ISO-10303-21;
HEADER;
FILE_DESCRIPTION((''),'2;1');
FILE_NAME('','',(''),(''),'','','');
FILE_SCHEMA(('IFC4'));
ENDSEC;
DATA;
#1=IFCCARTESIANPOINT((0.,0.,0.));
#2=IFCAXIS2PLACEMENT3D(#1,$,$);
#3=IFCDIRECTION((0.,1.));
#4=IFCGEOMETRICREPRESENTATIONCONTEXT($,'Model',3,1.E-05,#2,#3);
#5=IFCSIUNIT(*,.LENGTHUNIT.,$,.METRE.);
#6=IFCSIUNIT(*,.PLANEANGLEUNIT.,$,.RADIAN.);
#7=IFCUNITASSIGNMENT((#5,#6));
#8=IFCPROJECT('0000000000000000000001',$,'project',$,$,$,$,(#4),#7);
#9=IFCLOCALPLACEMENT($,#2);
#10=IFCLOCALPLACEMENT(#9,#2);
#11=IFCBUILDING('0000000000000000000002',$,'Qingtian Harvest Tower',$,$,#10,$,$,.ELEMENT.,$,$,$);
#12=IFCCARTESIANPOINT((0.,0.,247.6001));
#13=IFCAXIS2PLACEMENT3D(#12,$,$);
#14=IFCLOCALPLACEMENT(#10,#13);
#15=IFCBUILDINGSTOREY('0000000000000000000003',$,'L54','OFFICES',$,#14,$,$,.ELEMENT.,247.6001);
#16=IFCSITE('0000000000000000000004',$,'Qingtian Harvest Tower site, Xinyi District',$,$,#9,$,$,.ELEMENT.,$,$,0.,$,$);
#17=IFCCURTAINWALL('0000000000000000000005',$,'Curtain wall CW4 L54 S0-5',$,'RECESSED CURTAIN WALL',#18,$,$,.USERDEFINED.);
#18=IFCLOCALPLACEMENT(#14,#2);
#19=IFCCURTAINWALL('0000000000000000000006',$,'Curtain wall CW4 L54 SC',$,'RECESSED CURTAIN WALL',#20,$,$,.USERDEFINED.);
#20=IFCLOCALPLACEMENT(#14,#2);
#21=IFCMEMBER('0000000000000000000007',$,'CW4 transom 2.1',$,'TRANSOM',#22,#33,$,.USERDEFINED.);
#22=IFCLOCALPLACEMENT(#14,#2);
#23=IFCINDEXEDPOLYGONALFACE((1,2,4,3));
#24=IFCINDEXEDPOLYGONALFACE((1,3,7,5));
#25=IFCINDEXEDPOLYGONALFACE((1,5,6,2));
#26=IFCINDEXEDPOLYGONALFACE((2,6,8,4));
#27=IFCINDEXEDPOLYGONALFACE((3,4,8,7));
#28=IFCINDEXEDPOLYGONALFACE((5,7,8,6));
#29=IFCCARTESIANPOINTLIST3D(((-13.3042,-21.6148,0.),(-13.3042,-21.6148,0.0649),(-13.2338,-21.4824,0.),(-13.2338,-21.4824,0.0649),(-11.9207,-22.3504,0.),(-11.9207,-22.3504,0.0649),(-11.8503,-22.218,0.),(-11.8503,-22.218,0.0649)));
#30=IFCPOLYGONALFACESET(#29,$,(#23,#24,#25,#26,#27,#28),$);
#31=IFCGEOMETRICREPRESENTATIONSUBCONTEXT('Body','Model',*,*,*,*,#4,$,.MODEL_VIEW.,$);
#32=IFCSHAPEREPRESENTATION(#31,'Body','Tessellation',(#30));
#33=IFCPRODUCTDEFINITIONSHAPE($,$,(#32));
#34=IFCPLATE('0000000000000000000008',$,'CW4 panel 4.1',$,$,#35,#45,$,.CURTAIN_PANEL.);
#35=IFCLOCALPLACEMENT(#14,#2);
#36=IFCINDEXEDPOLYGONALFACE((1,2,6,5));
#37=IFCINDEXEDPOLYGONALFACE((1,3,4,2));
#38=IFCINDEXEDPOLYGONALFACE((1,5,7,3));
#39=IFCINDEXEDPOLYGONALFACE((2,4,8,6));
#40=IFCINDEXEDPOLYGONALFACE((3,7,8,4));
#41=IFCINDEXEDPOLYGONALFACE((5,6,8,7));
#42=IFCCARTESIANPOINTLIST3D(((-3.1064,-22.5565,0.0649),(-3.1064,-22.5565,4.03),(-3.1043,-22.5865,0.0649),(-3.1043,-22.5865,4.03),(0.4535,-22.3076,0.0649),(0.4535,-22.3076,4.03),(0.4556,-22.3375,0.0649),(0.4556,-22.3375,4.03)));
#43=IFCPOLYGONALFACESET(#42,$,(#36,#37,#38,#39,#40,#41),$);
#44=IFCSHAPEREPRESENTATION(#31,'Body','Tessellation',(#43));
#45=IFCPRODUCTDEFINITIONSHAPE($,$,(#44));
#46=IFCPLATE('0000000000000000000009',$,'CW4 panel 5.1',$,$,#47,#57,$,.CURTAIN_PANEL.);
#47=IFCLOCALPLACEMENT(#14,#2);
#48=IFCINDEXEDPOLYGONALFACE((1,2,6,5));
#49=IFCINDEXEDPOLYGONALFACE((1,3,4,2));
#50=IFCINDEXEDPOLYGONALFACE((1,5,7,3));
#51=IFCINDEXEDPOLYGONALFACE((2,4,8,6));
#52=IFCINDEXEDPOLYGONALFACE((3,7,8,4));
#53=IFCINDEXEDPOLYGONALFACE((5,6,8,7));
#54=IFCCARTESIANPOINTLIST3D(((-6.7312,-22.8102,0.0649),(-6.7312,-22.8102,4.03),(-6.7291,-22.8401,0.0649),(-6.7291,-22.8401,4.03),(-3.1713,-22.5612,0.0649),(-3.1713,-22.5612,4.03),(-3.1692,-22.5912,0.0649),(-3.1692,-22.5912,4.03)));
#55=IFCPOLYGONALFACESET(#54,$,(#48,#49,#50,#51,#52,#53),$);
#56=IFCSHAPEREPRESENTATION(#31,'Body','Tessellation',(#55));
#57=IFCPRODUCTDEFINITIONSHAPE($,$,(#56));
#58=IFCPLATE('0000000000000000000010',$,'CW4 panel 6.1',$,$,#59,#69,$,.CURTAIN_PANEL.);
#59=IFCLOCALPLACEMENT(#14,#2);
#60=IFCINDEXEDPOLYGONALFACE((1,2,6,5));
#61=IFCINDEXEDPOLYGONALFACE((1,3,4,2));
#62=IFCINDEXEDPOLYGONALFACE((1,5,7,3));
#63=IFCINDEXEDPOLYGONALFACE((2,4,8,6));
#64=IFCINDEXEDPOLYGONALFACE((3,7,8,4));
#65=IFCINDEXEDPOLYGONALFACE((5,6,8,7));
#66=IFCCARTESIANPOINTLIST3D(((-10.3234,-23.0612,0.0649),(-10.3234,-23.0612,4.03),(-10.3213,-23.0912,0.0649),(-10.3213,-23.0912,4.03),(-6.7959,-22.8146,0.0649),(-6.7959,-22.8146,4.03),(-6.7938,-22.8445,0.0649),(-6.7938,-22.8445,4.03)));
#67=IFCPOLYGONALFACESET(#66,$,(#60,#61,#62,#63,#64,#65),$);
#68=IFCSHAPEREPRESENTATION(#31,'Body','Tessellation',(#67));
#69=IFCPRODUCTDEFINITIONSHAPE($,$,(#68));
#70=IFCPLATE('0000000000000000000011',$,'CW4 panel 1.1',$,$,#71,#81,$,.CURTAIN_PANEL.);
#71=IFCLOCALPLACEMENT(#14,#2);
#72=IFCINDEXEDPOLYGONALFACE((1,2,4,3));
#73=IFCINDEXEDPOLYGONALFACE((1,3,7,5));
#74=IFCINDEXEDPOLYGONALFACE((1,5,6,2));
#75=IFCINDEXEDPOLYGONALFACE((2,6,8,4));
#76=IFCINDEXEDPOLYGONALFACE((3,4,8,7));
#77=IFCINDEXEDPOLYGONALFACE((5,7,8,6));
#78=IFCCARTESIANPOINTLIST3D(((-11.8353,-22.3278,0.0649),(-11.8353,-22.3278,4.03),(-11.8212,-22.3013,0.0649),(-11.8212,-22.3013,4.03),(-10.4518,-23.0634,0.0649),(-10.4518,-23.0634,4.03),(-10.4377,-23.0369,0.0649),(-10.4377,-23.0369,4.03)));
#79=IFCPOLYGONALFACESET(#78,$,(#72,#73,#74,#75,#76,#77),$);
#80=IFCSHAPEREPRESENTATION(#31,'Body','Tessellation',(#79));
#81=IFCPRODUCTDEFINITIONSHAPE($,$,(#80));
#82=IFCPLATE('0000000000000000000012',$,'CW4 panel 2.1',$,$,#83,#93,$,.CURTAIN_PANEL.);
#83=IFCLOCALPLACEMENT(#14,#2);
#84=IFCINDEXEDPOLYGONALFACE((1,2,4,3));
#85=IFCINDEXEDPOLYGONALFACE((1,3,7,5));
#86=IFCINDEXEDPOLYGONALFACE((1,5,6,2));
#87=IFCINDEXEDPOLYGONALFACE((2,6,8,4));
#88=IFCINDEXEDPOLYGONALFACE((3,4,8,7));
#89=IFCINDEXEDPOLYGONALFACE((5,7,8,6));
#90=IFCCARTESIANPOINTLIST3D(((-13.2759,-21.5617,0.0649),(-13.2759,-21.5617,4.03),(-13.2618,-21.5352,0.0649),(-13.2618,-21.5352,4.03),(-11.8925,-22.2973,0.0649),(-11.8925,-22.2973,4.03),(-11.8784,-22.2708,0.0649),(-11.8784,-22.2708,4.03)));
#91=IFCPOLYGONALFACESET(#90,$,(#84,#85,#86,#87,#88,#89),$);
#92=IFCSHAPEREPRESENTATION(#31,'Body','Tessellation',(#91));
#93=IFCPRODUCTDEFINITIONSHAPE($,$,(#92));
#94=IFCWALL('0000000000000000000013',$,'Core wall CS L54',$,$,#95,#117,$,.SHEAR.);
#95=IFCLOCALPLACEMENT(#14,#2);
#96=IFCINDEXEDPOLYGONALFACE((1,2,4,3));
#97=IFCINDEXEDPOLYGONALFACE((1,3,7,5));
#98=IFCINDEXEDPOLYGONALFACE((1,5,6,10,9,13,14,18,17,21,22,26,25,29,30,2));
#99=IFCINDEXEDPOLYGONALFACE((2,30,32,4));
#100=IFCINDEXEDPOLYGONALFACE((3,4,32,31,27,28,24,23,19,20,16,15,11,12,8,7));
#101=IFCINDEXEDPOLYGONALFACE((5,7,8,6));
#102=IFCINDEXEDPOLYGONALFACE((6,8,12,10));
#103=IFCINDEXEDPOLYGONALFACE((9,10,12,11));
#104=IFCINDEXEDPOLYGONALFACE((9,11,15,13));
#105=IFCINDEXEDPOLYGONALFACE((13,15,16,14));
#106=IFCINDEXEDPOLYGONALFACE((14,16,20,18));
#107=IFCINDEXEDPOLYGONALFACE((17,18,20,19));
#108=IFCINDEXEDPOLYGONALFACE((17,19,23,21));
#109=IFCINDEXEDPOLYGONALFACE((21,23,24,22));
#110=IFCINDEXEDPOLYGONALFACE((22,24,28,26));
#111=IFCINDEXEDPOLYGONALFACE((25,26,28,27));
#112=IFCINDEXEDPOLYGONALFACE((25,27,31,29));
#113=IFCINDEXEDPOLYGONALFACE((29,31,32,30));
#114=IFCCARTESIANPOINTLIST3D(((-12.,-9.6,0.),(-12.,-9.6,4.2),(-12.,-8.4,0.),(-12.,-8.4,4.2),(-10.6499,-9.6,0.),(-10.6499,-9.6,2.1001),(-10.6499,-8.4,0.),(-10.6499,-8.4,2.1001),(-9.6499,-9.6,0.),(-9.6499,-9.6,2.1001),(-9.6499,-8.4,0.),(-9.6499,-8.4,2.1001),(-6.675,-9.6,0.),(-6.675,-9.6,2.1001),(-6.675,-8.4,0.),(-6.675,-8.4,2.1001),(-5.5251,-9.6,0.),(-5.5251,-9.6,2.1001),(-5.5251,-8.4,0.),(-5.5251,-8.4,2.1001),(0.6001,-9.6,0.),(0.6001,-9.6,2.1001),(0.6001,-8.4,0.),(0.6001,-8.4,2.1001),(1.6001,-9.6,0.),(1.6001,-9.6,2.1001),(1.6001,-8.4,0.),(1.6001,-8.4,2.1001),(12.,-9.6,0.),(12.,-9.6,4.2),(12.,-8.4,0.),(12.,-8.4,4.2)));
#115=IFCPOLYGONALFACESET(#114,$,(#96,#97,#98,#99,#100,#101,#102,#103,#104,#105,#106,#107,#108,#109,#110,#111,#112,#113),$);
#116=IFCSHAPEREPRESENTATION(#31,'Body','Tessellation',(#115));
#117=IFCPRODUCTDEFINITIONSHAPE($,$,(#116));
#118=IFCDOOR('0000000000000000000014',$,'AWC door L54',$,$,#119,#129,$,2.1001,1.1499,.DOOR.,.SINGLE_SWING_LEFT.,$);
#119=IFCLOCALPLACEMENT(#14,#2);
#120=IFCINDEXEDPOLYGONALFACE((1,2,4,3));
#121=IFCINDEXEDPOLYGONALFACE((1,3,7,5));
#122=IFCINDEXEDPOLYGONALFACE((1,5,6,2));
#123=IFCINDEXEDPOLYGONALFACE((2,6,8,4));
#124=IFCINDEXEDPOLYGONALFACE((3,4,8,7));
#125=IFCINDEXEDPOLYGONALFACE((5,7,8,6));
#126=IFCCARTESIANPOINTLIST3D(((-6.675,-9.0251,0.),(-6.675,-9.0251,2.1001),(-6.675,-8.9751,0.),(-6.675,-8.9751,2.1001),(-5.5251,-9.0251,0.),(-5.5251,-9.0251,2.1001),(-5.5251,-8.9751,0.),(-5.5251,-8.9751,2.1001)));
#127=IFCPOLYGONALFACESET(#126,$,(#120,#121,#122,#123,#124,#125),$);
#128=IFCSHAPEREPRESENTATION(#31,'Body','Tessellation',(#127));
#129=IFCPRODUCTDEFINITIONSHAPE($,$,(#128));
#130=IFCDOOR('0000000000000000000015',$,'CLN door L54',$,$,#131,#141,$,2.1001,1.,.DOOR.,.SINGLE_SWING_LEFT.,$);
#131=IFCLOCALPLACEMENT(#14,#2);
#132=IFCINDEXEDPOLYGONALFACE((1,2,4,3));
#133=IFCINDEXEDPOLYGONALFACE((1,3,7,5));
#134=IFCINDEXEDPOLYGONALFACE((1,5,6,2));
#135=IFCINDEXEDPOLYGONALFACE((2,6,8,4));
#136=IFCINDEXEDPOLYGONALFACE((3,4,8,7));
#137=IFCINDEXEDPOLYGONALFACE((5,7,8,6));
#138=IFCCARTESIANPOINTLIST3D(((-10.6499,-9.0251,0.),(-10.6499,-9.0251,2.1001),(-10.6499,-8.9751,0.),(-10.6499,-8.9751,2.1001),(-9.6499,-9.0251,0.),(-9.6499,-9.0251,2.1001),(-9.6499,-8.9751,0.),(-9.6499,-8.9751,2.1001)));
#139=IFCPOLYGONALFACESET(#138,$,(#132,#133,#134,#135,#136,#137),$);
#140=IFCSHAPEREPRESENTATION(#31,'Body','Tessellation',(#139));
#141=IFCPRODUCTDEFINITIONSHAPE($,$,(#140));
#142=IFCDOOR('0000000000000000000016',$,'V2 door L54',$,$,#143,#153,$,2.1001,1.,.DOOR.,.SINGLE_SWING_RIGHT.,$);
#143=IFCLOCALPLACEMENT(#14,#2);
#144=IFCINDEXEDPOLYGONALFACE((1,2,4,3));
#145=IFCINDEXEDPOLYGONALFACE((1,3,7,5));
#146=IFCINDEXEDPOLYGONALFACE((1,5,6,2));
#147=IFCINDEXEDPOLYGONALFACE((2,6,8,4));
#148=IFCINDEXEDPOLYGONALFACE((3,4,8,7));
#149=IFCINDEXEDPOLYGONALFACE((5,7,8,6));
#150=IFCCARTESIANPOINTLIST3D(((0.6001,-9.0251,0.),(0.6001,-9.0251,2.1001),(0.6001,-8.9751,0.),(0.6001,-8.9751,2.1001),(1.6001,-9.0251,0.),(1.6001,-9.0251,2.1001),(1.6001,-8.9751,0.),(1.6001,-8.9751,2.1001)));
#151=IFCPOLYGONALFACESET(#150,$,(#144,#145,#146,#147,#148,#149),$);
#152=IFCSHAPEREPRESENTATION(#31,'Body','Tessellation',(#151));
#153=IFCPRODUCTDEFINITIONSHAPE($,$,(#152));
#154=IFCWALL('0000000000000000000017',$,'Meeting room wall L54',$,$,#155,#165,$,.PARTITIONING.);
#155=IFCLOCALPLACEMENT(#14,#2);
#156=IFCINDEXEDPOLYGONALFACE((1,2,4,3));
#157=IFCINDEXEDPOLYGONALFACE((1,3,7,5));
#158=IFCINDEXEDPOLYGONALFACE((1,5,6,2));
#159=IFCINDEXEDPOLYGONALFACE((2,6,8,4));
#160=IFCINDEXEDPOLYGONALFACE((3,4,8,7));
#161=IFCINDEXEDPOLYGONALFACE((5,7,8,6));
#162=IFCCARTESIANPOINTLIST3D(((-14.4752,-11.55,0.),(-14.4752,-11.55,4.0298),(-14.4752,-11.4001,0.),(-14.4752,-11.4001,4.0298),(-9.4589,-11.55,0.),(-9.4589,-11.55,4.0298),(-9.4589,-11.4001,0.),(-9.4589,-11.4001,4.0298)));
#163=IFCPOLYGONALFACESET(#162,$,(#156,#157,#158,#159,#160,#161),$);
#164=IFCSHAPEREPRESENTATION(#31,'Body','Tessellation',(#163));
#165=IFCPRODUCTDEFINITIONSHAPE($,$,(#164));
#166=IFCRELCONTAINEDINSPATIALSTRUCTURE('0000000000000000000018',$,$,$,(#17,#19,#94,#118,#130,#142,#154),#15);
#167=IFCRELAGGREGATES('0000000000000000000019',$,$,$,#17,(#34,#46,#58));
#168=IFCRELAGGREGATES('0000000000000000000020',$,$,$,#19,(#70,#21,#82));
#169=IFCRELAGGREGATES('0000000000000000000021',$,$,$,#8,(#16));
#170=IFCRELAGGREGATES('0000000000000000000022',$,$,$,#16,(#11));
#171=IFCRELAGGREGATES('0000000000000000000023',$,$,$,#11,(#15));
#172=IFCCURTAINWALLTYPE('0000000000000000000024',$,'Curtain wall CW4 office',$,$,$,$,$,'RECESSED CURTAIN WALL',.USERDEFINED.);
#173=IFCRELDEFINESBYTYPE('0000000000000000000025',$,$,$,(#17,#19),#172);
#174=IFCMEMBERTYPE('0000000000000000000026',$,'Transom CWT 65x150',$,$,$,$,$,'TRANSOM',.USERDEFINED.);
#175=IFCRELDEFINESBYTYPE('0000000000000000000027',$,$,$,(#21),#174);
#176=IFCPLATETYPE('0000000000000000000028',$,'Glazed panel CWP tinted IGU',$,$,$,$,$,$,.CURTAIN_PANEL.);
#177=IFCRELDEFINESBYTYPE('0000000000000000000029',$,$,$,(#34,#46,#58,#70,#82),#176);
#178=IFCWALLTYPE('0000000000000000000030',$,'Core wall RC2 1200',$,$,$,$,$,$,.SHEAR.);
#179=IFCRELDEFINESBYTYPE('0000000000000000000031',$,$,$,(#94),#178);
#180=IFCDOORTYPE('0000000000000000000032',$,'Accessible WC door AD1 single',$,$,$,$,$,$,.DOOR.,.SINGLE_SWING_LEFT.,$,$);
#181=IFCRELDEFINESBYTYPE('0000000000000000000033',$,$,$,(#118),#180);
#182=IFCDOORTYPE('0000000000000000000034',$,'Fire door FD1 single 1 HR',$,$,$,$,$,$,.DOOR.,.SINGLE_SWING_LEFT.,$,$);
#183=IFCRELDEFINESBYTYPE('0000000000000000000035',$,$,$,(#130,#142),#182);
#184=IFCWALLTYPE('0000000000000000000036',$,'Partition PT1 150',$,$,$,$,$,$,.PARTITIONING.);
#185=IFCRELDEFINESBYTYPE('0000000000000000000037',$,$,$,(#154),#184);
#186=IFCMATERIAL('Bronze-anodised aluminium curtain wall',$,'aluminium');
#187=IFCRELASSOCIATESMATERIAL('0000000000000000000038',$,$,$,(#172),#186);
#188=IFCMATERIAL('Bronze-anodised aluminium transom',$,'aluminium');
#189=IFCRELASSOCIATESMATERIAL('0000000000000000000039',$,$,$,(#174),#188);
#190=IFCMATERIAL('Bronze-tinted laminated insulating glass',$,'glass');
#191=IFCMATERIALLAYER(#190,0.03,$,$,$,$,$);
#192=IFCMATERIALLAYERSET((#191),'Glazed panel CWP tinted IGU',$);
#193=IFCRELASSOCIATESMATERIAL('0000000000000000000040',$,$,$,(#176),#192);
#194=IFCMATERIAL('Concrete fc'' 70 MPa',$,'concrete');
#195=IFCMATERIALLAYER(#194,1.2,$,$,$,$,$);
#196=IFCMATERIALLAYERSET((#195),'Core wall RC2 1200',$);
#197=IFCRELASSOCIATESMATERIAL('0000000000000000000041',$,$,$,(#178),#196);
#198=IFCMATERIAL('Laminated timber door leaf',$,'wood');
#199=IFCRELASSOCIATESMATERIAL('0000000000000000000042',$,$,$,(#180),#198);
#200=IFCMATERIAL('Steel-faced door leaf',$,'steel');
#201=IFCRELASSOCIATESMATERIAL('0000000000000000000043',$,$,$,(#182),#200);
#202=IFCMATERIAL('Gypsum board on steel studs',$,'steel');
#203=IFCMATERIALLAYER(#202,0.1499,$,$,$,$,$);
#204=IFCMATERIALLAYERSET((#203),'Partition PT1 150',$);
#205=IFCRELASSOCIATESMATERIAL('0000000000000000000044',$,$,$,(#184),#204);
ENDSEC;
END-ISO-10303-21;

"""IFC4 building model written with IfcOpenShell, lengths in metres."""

from ifc_helpers import new_model, si_unit, direction, frame, frame_2d, origin, origin_2d, place, context, subcontext, project, spatial, rectangle, extrude, material, layer, layer_set, material_profile, profile_set, type_object, element, fill, aggregate, save


model = new_model("IFC4")

# Units and contexts
model_context = context("Model", 3, precision=1e-05, world=origin(), true_north=direction((0.0, 1.0)))
body_context = subcontext(model_context, "Body", "Model", "MODEL_VIEW")
ifc_project = project(units=[si_unit("LENGTHUNIT", "METRE"), si_unit("PLANEANGLEUNIT", "RADIAN")], contexts=[model_context])

# Site, building, storey
site_placement = place(None, origin())
site = spatial("IfcSite", under=ifc_project, at=site_placement, Name="Qingtian Harvest Tower site, Xinyi District", CompositionType="ELEMENT", RefElevation=0.0)
building_placement = place(site_placement, origin())
building = spatial("IfcBuilding", under=site, at=building_placement, Name="Qingtian Harvest Tower", CompositionType="ELEMENT")
storey_placement = place(building_placement, frame((0.0, 0.0, 247.6001)))
storey = spatial("IfcBuildingStorey", under=building, at=storey_placement, Name="L54", Description="OFFICES", CompositionType="ELEMENT", Elevation=247.6001)

# Curtain walls
ifc_material_1 = material(Name="Bronze-anodised aluminium curtain wall", Category="aluminium")
curtain_wall_type = type_object("IfcCurtainWallType", Name="Curtain wall CW4 office", ElementType="RECESSED CURTAIN WALL", PredefinedType="USERDEFINED", material=ifc_material_1)
curtain_wall_1_placement = place(storey_placement, origin())
curtain_wall_1 = element("IfcCurtainWall", 1, at=curtain_wall_1_placement, inside=storey, type_object=curtain_wall_type, Name="Curtain wall CW4 L54 S0-5", ObjectType="RECESSED CURTAIN WALL", PredefinedType="USERDEFINED")
curtain_wall_2_placement = place(storey_placement, origin())
curtain_wall_2 = element("IfcCurtainWall", 2, at=curtain_wall_2_placement, inside=storey, type_object=curtain_wall_type, Name="Curtain wall CW4 L54 SC", ObjectType="RECESSED CURTAIN WALL", PredefinedType="USERDEFINED")

# Member
ifc_material_2 = material(Name="Bronze-anodised aluminium transom", Category="aluminium")
ifc_material_profile_1 = material_profile(ifc_material_2, rectangle(XDim=0.1499, YDim=0.0649, at=origin_2d()), Name="AL 65x150")
ifc_profile_set_1 = profile_set([ifc_material_profile_1], Name="Bronze-anodised aluminium transom")
member_type_1 = type_object("IfcMemberType", Name="Transom CWT 65x150", ElementType="TRANSOM", PredefinedType="USERDEFINED", material=ifc_profile_set_1)
member_1_placement = place(storey_placement, frame((-11.8855, -22.2842, 0.0325), z_axis=(-0.88296, 0.469448, 0.0), x_axis=(-0.469448, -0.88296, 0.0)))
member_1 = element("IfcMember", 3, at=member_1_placement, type_object=member_type_1, Name="CW4 transom 2.1", ObjectType="TRANSOM", PredefinedType="USERDEFINED", context=body_context, shape_type="SweptSolid", body=[
    extrude(rectangle(XDim=0.1499, YDim=0.0649, at=origin_2d()), origin(), (0.0, 0.0, 1.0), 1.5669),
])

# Plates
ifc_material_3 = material(Name="Bronze-tinted laminated insulating glass", Category="glass")
ifc_layer_1 = layer(ifc_material_3, 0.03)
ifc_layer_set_1 = layer_set([ifc_layer_1], Name="Glazed panel CWP tinted IGU")
plate_type = type_object("IfcPlateType", Name="Glazed panel CWP tinted IGU", PredefinedType="CURTAIN_PANEL", material=ifc_layer_set_1)
plate_1_placement = place(storey_placement, frame((-1.3254, -22.447, 0.0649), z_axis=(0.0, 0.0, 1.0), x_axis=(-0.997564, -0.069756, 0.0)))
plate_1 = element("IfcPlate", 4, at=plate_1_placement, type_object=plate_type, Name="CW4 panel 4.1", PredefinedType="CURTAIN_PANEL", context=body_context, shape_type="SweptSolid", body=[
    extrude(rectangle(XDim=3.5686, YDim=0.03, at=origin_2d()), origin(), (0.0, 0.0, 1.0), 3.9651),
])
plate_2_placement = place(storey_placement, frame((-4.9502, -22.7007, 0.0649), z_axis=(0.0, 0.0, 1.0), x_axis=(-0.997564, -0.069756, 0.0)))
plate_2 = element("IfcPlate", 5, at=plate_2_placement, type_object=plate_type, Name="CW4 panel 5.1", PredefinedType="CURTAIN_PANEL", context=body_context, shape_type="SweptSolid", body=[
    extrude(rectangle(XDim=3.5686, YDim=0.03, at=origin_2d()), origin(), (0.0, 0.0, 1.0), 3.9651),
])
plate_3_placement = place(storey_placement, frame((-8.5586, -22.9529, 0.0649), z_axis=(0.0, 0.0, 1.0), x_axis=(-0.997564, -0.069756, 0.0)))
plate_3 = element("IfcPlate", 6, at=plate_3_placement, type_object=plate_type, Name="CW4 panel 6.1", PredefinedType="CURTAIN_PANEL", context=body_context, shape_type="SweptSolid", body=[
    extrude(rectangle(XDim=3.5361, YDim=0.03, at=origin_2d()), origin(), (0.0, 0.0, 1.0), 3.9651),
])
aggregate(curtain_wall_1, [plate_1, plate_2, plate_3])
plate_4_placement = place(storey_placement, frame((-11.1365, -22.6824, 0.0649), z_axis=(0.0, 0.0, 1.0), x_axis=(-0.882948, 0.469472, 0.0)))
plate_4 = element("IfcPlate", 7, at=plate_4_placement, type_object=plate_type, Name="CW4 panel 1.1", PredefinedType="CURTAIN_PANEL", context=body_context, shape_type="SweptSolid", body=[
    extrude(rectangle(XDim=1.5669, YDim=0.03, at=origin_2d()), origin(), (0.0, 0.0, 1.0), 3.9651),
])
plate_5_placement = place(storey_placement, frame((-12.5771, -21.9163, 0.0649), z_axis=(0.0, 0.0, 1.0), x_axis=(-0.882948, 0.469472, 0.0)))
plate_5 = element("IfcPlate", 8, at=plate_5_placement, type_object=plate_type, Name="CW4 panel 2.1", PredefinedType="CURTAIN_PANEL", context=body_context, shape_type="SweptSolid", body=[
    extrude(rectangle(XDim=1.5669, YDim=0.03, at=origin_2d()), origin(), (0.0, 0.0, 1.0), 3.9651),
])
aggregate(curtain_wall_2, [plate_4, member_1, plate_5])

# Wall, openings, doors
ifc_material_4 = material(Name="Concrete fc' 70 MPa", Category="concrete")
ifc_layer_2 = layer(ifc_material_4, 1.2)
ifc_layer_set_2 = layer_set([ifc_layer_2], Name="Core wall RC2 1200")
wall_type_1 = type_object("IfcWallType", Name="Core wall RC2 1200", PredefinedType="SHEAR", material=ifc_layer_set_2)
wall_1_placement = place(storey_placement, frame((-12.0, -9.0, 0.0), z_axis=(0.0, 0.0, 1.0), x_axis=(1.0, 0.0, 0.0)))
wall_1 = element("IfcWall", 9, at=wall_1_placement, inside=storey, type_object=wall_type_1, Name="Core wall CS L54", PredefinedType="SHEAR", context=body_context, shape_type="SweptSolid", body=[
    extrude(rectangle(XDim=24.0, YDim=1.2, at=frame_2d((12.0, 0.0))), origin(), (0.0, 0.0, 1.0), 4.2),
])
opening_1_placement = place(wall_1_placement, frame((1.3501, 0.0, 0.0)))
opening_1 = element("IfcOpeningElement", 10, at=opening_1_placement, cuts=wall_1, PredefinedType="OPENING", context=body_context, shape_type="SweptSolid", body=[
    extrude(rectangle(XDim=1.0, YDim=2.1001, at=frame_2d((0.5, 1.05))), frame((0.0, 0.6099, 0.0), z_axis=(0.0, -1.0, 0.0), x_axis=(1.0, 0.0, 0.0)), (0.0, 0.0, 1.0), 1.22),
])
opening_2_placement = place(wall_1_placement, frame((5.325, 0.0, 0.0)))
opening_2 = element("IfcOpeningElement", 11, at=opening_2_placement, cuts=wall_1, PredefinedType="OPENING", context=body_context, shape_type="SweptSolid", body=[
    extrude(rectangle(XDim=1.1499, YDim=2.1001, at=frame_2d((0.575, 1.05))), frame((0.0, 0.6099, 0.0), z_axis=(0.0, -1.0, 0.0), x_axis=(1.0, 0.0, 0.0)), (0.0, 0.0, 1.0), 1.22),
])
opening_3_placement = place(wall_1_placement, frame((12.6001, 0.0, 0.0)))
opening_3 = element("IfcOpeningElement", 12, at=opening_3_placement, cuts=wall_1, PredefinedType="OPENING", context=body_context, shape_type="SweptSolid", body=[
    extrude(rectangle(XDim=1.0, YDim=2.1001, at=frame_2d((0.5, 1.05))), frame((0.0, 0.6099, 0.0), z_axis=(0.0, -1.0, 0.0), x_axis=(1.0, 0.0, 0.0)), (0.0, 0.0, 1.0), 1.22),
])
ifc_material_5 = material(Name="Laminated timber door leaf", Category="wood")
door_type_1 = type_object("IfcDoorType", Name="Accessible WC door AD1 single", OperationType="SINGLE_SWING_LEFT", PredefinedType="DOOR", material=ifc_material_5)
door_1_placement = place(opening_2_placement, origin())
door_1 = element("IfcDoor", 13, at=door_1_placement, inside=storey, type_object=door_type_1, Name="AWC door L54", OperationType="SINGLE_SWING_LEFT", OverallHeight=2.1001, OverallWidth=1.1499, PredefinedType="DOOR", context=body_context, shape_type="SweptSolid", body=[
    extrude(rectangle(XDim=1.1499, YDim=2.1001, at=frame_2d((0.575, 1.05))), frame((0.0, 0.0249, 0.0), z_axis=(0.0, -1.0, 0.0), x_axis=(1.0, 0.0, 0.0)), (0.0, 0.0, 1.0), 0.05),
])
fill(opening_2, door_1)
ifc_material_6 = material(Name="Steel-faced door leaf", Category="steel")
door_type_2 = type_object("IfcDoorType", Name="Fire door FD1 single 1 HR", OperationType="SINGLE_SWING_LEFT", PredefinedType="DOOR", material=ifc_material_6)
door_2_placement = place(opening_1_placement, origin())
door_2 = element("IfcDoor", 14, at=door_2_placement, inside=storey, type_object=door_type_2, Name="CLN door L54", OperationType="SINGLE_SWING_LEFT", OverallHeight=2.1001, OverallWidth=1.0, PredefinedType="DOOR", context=body_context, shape_type="SweptSolid", body=[
    extrude(rectangle(XDim=1.0, YDim=2.1001, at=frame_2d((0.5, 1.05))), frame((0.0, 0.0249, 0.0), z_axis=(0.0, -1.0, 0.0), x_axis=(1.0, 0.0, 0.0)), (0.0, 0.0, 1.0), 0.05),
])
fill(opening_1, door_2)
door_3_placement = place(opening_3_placement, origin())
door_3 = element("IfcDoor", 15, at=door_3_placement, inside=storey, type_object=door_type_2, Name="V2 door L54", OperationType="SINGLE_SWING_RIGHT", OverallHeight=2.1001, OverallWidth=1.0, PredefinedType="DOOR", context=body_context, shape_type="SweptSolid", body=[
    extrude(rectangle(XDim=1.0, YDim=2.1001, at=frame_2d((0.5, 1.05))), frame((0.0, 0.0249, 0.0), z_axis=(0.0, -1.0, 0.0), x_axis=(1.0, 0.0, 0.0)), (0.0, 0.0, 1.0), 0.05),
])
fill(opening_3, door_3)

# Wall
ifc_material_7 = material(Name="Gypsum board on steel studs", Category="steel")
ifc_layer_3 = layer(ifc_material_7, 0.1499)
ifc_layer_set_3 = layer_set([ifc_layer_3], Name="Partition PT1 150")
wall_type_2 = type_object("IfcWallType", Name="Partition PT1 150", PredefinedType="PARTITIONING", material=ifc_layer_set_3)
wall_2_placement = place(storey_placement, frame((-9.4587, -11.4751, 0.0), z_axis=(0.0, 0.0, 1.0), x_axis=(-1.0, 0.0, 0.0)))
element("IfcWall", 16, at=wall_2_placement, inside=storey, type_object=wall_type_2, Name="Meeting room wall L54", PredefinedType="PARTITIONING", context=body_context, shape_type="SweptSolid", body=[
    extrude(rectangle(XDim=5.0164, YDim=0.1499, at=frame_2d((2.5083, 0.0))), origin(), (0.0, 0.0, 1.0), 4.0298),
])

save(model, "model.ifc")
